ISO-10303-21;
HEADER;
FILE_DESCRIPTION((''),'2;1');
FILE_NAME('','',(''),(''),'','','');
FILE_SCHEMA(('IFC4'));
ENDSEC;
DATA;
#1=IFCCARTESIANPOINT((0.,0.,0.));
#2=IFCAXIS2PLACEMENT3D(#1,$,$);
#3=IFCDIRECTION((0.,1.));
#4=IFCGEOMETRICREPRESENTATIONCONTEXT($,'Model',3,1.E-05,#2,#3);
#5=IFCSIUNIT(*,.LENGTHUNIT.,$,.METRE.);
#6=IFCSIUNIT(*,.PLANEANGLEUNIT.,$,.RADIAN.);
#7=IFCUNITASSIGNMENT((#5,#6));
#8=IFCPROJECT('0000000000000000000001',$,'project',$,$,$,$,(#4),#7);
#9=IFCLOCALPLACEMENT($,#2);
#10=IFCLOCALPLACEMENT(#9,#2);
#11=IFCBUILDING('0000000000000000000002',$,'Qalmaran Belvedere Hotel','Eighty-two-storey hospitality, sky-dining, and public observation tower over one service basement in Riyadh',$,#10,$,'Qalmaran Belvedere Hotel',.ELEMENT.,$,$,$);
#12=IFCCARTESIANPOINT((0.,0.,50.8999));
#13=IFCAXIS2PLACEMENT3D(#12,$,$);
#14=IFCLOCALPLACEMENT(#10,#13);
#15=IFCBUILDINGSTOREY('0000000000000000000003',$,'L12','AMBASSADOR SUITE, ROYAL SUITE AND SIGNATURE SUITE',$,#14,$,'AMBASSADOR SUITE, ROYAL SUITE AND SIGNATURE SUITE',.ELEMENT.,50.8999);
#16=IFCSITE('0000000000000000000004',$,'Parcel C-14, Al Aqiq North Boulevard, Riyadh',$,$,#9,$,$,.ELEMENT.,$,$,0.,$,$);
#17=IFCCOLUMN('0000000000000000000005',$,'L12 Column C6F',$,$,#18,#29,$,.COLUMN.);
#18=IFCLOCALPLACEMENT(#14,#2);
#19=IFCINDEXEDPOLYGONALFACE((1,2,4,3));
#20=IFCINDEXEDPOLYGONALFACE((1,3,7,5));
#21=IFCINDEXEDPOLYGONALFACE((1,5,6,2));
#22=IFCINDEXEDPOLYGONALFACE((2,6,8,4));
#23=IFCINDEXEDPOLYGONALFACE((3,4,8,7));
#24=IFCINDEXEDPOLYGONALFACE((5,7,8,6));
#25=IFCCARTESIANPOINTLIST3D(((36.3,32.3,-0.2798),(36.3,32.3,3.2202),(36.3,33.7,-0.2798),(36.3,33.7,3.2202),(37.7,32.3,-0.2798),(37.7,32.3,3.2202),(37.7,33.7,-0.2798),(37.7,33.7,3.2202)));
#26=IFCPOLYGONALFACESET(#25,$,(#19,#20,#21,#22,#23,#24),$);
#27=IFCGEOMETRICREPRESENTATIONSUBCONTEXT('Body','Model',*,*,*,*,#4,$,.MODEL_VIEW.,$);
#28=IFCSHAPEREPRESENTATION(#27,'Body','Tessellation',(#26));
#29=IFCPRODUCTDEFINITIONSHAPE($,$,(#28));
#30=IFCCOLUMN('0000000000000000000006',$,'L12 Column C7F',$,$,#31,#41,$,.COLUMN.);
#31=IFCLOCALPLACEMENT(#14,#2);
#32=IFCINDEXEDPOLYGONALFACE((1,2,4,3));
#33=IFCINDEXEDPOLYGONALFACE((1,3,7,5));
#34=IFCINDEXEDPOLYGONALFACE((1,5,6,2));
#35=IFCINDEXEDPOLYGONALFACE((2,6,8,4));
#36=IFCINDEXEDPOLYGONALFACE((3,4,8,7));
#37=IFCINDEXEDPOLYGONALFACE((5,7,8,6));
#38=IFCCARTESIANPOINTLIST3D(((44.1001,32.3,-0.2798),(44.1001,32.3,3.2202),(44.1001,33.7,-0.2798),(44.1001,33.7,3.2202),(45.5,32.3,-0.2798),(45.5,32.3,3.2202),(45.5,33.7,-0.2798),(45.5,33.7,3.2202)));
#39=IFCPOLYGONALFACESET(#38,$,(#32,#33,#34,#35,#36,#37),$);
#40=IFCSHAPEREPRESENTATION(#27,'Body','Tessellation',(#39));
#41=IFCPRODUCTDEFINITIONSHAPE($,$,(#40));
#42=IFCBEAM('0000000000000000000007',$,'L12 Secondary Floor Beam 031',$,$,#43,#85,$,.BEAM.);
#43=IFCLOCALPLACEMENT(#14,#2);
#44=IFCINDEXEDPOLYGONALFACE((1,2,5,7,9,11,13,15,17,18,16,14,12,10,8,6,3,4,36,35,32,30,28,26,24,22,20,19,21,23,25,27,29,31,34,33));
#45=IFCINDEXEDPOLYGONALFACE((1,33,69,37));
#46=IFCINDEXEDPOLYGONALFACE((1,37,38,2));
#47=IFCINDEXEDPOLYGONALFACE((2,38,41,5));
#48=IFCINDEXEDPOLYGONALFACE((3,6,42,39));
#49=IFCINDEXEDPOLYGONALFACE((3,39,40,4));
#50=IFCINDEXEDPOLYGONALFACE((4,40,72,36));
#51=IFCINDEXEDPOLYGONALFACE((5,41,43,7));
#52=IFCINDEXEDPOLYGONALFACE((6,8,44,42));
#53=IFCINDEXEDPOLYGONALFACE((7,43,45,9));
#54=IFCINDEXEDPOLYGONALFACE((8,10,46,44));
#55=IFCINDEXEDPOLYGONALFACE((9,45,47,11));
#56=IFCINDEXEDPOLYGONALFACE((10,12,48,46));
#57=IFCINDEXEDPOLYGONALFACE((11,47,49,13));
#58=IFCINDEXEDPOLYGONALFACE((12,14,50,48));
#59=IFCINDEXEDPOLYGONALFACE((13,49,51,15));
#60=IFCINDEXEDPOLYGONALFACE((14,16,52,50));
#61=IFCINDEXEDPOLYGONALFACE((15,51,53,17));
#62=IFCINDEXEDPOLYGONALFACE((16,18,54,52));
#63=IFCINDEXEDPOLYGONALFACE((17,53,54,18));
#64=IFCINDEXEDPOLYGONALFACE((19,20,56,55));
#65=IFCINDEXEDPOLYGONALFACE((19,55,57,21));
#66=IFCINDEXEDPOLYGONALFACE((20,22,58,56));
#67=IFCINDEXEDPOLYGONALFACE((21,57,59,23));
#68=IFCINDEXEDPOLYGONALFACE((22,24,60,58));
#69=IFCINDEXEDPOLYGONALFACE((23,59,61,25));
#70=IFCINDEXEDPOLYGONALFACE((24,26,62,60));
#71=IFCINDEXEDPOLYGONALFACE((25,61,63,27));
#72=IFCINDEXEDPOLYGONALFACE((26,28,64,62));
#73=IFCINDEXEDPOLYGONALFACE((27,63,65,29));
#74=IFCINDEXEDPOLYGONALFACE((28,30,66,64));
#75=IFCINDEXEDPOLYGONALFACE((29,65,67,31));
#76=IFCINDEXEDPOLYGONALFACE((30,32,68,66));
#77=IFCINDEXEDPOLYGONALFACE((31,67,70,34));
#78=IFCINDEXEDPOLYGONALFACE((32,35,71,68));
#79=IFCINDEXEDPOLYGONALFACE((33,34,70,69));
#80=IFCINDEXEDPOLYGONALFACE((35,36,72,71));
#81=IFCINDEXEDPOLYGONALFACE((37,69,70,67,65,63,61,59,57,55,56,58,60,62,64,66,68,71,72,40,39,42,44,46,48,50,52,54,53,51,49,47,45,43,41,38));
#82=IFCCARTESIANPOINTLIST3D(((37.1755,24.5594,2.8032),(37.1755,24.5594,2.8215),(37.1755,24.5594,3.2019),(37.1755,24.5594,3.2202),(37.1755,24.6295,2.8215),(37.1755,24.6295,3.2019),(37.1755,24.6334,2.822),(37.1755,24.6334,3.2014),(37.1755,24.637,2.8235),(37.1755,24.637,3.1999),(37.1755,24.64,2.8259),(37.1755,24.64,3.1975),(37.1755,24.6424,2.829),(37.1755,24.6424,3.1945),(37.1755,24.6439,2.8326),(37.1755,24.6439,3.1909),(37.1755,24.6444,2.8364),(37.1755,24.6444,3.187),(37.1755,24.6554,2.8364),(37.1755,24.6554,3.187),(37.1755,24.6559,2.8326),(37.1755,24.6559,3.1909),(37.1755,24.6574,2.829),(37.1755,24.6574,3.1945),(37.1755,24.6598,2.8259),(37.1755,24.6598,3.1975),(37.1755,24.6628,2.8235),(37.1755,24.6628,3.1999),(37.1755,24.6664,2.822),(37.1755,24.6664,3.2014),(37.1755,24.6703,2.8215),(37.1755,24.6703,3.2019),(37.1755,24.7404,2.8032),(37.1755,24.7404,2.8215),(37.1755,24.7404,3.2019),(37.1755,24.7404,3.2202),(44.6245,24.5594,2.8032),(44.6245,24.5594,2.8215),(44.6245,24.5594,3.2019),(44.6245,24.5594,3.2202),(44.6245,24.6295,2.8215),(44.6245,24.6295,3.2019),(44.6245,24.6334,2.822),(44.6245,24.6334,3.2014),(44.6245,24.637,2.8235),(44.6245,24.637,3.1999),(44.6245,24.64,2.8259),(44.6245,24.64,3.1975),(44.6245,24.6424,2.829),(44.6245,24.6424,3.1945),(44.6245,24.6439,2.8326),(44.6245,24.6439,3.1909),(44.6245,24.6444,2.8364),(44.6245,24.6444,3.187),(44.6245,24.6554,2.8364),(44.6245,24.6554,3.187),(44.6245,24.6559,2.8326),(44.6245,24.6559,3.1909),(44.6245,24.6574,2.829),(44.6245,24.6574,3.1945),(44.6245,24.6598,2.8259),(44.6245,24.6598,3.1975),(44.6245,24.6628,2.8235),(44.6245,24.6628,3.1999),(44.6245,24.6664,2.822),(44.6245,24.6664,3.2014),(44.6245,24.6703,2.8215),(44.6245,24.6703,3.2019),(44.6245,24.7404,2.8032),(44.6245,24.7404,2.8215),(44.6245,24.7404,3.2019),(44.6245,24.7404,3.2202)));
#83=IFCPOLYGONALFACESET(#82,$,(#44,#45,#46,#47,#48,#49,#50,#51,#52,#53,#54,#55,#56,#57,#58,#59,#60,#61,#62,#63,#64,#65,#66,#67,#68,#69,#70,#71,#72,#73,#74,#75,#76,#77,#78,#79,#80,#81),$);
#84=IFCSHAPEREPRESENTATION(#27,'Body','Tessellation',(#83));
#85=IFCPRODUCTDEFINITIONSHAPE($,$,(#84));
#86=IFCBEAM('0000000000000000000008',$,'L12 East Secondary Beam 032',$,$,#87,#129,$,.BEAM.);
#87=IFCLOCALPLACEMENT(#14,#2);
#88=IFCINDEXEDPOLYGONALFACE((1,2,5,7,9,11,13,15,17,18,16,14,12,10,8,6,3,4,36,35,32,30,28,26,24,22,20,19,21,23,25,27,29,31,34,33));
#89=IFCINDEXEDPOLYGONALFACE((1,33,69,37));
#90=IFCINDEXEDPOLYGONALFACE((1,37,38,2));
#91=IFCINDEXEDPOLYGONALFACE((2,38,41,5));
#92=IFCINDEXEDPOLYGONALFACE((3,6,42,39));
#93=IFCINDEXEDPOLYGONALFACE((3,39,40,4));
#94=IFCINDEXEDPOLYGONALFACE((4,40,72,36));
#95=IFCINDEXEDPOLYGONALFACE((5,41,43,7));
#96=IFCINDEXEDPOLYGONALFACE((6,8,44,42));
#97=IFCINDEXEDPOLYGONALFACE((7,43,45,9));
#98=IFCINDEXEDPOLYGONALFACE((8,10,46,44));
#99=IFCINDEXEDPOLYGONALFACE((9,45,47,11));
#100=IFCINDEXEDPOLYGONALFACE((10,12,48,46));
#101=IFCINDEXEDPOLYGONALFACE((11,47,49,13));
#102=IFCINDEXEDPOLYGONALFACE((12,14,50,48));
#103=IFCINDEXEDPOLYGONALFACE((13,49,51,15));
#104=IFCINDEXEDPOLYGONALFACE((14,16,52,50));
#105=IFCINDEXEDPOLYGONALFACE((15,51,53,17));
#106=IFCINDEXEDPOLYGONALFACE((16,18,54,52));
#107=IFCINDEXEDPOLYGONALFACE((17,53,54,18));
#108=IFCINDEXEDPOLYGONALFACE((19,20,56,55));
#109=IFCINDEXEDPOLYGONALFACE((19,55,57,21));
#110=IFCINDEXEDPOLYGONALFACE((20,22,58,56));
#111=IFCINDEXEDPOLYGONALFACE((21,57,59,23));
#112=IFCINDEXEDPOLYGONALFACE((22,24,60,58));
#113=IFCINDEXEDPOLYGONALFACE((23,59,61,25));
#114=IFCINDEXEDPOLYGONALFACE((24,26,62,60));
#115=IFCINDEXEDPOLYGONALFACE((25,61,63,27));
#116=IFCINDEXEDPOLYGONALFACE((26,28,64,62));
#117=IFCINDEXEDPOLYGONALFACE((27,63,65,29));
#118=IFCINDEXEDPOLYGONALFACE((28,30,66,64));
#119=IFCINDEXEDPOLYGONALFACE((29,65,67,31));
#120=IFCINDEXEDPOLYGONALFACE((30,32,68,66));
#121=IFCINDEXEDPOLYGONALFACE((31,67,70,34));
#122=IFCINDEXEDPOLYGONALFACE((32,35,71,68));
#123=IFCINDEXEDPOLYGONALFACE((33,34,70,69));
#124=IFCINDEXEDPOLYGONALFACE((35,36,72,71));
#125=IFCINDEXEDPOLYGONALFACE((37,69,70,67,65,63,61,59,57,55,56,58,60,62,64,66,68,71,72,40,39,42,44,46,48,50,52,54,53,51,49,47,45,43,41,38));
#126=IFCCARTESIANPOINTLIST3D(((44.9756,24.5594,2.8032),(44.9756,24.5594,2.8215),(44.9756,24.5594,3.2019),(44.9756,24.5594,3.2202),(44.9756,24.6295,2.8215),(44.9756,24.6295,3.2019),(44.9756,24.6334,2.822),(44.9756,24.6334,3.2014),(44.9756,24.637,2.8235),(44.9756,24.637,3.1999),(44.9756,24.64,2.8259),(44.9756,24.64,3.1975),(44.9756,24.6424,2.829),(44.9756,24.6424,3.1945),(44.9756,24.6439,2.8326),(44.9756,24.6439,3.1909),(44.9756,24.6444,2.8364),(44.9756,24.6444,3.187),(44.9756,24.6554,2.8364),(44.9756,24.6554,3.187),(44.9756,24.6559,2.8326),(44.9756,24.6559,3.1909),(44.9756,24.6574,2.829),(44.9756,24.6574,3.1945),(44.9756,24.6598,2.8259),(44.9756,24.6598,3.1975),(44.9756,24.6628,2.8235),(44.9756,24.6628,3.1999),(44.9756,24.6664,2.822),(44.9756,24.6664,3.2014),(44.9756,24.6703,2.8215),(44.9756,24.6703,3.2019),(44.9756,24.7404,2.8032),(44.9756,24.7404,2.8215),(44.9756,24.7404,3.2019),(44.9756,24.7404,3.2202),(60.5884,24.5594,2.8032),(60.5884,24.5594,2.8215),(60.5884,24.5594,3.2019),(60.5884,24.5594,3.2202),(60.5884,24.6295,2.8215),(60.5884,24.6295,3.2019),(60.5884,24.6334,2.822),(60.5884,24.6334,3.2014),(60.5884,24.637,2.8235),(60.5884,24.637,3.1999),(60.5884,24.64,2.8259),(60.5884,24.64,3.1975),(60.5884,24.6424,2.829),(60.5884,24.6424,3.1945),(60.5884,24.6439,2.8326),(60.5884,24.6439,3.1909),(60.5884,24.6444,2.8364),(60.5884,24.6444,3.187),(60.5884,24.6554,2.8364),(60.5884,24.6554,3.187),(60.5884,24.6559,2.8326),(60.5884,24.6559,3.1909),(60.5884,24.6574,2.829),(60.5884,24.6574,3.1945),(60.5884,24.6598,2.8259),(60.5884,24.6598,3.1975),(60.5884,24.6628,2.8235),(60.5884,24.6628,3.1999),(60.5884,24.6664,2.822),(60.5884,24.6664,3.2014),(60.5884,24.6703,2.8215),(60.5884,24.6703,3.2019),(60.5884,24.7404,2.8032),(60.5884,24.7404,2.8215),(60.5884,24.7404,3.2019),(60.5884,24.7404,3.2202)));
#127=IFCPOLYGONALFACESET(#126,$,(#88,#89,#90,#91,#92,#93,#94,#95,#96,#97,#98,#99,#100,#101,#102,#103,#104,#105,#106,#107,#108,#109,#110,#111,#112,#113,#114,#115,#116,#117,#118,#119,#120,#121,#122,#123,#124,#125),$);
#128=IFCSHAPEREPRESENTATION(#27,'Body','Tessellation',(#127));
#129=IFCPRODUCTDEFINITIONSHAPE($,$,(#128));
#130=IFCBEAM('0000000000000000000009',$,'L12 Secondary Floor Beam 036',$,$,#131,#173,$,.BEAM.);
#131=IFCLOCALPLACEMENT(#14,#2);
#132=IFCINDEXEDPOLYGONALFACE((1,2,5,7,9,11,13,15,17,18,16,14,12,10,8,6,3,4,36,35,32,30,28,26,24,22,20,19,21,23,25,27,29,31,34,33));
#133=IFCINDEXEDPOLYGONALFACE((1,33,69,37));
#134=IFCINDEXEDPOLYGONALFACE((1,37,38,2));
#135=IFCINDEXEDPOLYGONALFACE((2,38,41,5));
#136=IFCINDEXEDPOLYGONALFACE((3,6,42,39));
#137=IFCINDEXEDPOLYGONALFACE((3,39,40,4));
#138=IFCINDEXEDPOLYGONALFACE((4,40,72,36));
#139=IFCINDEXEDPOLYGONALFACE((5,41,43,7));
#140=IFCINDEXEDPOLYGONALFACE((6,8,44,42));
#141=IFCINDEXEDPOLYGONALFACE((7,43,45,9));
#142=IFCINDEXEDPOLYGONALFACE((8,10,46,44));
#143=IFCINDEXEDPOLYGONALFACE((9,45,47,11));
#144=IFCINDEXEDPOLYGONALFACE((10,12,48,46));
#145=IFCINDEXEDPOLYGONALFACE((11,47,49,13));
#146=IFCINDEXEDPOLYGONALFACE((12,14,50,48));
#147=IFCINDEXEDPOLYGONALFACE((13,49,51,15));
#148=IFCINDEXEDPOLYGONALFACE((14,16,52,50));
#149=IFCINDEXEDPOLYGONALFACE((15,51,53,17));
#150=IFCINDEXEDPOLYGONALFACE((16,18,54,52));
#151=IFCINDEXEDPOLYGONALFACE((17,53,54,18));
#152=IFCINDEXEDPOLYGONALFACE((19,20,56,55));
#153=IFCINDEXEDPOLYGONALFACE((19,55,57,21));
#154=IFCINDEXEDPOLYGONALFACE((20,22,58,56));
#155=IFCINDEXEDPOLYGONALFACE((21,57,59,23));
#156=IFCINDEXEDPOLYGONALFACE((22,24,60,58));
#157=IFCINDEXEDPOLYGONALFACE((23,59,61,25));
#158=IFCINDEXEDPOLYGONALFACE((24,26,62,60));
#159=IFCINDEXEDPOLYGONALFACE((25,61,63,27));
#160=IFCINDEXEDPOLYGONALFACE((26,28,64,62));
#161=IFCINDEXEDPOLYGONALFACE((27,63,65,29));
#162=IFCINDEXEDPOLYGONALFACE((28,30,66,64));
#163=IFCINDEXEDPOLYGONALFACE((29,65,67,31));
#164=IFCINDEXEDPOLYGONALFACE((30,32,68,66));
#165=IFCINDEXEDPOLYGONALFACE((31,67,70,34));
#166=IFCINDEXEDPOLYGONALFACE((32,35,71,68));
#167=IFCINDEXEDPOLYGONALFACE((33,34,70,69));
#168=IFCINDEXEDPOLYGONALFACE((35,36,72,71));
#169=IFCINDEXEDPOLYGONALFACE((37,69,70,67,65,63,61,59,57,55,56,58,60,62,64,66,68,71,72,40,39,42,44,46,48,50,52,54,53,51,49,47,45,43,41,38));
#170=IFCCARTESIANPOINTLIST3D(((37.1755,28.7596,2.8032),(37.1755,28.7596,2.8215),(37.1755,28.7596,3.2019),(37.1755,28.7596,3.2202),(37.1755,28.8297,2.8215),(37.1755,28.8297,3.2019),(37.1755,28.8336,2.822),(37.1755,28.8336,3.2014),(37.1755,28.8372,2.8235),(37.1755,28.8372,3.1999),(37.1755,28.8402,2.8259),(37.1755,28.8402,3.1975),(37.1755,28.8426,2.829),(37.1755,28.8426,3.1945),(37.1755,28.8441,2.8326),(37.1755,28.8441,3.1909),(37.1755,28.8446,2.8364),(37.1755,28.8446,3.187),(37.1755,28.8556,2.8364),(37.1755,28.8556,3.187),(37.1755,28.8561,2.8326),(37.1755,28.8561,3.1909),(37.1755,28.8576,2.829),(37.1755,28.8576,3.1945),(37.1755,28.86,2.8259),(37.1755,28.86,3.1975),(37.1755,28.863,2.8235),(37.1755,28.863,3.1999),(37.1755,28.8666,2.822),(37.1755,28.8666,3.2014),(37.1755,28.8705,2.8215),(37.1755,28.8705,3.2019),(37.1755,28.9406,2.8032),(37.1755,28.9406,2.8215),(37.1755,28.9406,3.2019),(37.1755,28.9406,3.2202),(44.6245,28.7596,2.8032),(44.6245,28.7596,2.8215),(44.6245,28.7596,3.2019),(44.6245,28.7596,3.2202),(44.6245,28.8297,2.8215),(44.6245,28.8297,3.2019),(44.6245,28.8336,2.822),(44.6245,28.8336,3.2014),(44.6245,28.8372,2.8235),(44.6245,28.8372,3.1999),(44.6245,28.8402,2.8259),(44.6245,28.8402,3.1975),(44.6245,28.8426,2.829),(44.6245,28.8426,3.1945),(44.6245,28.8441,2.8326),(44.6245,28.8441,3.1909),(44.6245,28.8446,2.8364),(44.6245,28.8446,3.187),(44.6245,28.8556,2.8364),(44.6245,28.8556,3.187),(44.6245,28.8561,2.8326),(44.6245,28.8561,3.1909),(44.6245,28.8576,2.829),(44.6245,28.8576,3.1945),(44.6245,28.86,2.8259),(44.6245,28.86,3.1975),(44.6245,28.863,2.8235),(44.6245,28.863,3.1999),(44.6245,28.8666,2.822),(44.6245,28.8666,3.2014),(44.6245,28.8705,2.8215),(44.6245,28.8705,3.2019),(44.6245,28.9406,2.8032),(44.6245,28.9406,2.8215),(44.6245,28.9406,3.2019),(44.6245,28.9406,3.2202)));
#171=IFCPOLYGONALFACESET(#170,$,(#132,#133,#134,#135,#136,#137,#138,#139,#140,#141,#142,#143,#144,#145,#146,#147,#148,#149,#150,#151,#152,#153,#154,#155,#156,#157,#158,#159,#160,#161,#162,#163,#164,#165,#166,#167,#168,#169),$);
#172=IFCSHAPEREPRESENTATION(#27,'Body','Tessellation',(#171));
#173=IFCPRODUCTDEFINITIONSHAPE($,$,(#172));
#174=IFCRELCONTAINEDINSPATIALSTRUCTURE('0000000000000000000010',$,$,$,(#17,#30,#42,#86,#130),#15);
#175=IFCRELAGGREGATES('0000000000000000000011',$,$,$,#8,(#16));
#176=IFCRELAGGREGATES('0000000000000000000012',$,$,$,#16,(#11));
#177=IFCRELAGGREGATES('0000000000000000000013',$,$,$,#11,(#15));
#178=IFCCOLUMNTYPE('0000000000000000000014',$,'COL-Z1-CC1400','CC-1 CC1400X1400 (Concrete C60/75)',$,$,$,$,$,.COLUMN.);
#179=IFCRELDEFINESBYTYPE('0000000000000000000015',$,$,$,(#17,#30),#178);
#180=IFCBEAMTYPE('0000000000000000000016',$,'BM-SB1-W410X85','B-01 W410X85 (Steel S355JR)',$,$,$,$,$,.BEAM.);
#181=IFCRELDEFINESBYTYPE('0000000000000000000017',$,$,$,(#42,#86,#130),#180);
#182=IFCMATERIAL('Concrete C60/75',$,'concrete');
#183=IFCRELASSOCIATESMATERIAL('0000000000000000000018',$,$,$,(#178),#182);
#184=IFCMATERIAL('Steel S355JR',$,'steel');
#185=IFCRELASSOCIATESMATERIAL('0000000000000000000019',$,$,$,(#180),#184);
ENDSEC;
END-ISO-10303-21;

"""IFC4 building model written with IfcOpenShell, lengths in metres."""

from ifc_helpers import new_model, si_unit, direction, frame, origin, origin_2d, place, context, subcontext, project, spatial, rectangle, i_section, extrude, material, material_profile, profile_set, type_object, element, save


model = new_model("IFC4")

# Units and contexts
model_context = context("Model", 3, precision=1e-05, world=origin(), true_north=direction((0.0, 1.0)))
body_context = subcontext(model_context, "Body", "Model", "MODEL_VIEW")
ifc_project = project(units=[si_unit("LENGTHUNIT", "METRE"), si_unit("PLANEANGLEUNIT", "RADIAN")], contexts=[model_context])

# Site, building, storey
site_placement = place(None, origin())
site = spatial("IfcSite", under=ifc_project, at=site_placement, Name="Parcel C-14, Al Aqiq North Boulevard, Riyadh", CompositionType="ELEMENT", RefElevation=0.0)
building_placement = place(site_placement, origin())
building = spatial("IfcBuilding", under=site, at=building_placement, Name="Qalmaran Belvedere Hotel", Description="Eighty-two-storey hospitality, sky-dining, and public observation tower over one service basement in Riyadh", LongName="Qalmaran Belvedere Hotel", CompositionType="ELEMENT")
storey_placement = place(building_placement, frame((0.0, 0.0, 50.8999)))
storey = spatial("IfcBuildingStorey", under=building, at=storey_placement, Name="L12", Description="AMBASSADOR SUITE, ROYAL SUITE AND SIGNATURE SUITE", LongName="AMBASSADOR SUITE, ROYAL SUITE AND SIGNATURE SUITE", CompositionType="ELEMENT", Elevation=50.8999)

# Columns
ifc_material_1 = material(Name="Concrete C60/75", Category="concrete")
ifc_material_profile_1 = material_profile(ifc_material_1, rectangle(XDim=1.3999, YDim=1.3999, at=origin_2d()), Name="CC1400X1400")
ifc_profile_set_1 = profile_set([ifc_material_profile_1], Name="Concrete C60/75")
column_type = type_object("IfcColumnType", Name="COL-Z1-CC1400", Description="CC-1 CC1400X1400 (Concrete C60/75)", PredefinedType="COLUMN", material=ifc_profile_set_1)
for number, where, z_axis, x_axis, name in (
    (1, (37.0, 33.0, -0.2798), (0.0, 0.0, 1.0), (1.0, 0.0, 0.0), "L12 Column C6F"),
    (2, (44.8, 33.0, -0.2798), (0.0, 0.0, 1.0), (1.0, 0.0, 0.0), "L12 Column C7F"),
):
    element("IfcColumn", number, at=place(storey_placement, frame(where, z_axis=z_axis, x_axis=x_axis)), inside=storey, type_object=column_type, Name=name, PredefinedType="COLUMN", context=body_context, shape_type="SweptSolid", body=[
        extrude(rectangle(XDim=1.3999, YDim=1.3999, at=origin_2d()), origin(), (0.0, 0.0, 1.0), 3.5),
    ])

# Beams
ifc_material_2 = material(Name="Steel S355JR", Category="steel")
ifc_material_profile_2 = material_profile(ifc_material_2, i_section(OverallWidth=0.1809, OverallDepth=0.417, WebThickness=0.011, FlangeThickness=0.0183, FilletRadius=0.0149, at=origin_2d()), Name="W410X85")
ifc_profile_set_2 = profile_set([ifc_material_profile_2], Name="Steel S355JR")
beam_type_1 = type_object("IfcBeamType", Name="BM-SB1-W410X85", Description="B-01 W410X85 (Steel S355JR)", PredefinedType="BEAM", material=ifc_profile_set_2)
beam_1_placement = place(storey_placement, frame((37.1755, 24.6499, 3.0117), z_axis=(1.0, 0.0, 0.0), x_axis=(0.0, 1.0, 0.0)))
element("IfcBeam", 3, at=beam_1_placement, inside=storey, type_object=beam_type_1, Name="L12 Secondary Floor Beam 031", PredefinedType="BEAM", context=body_context, shape_type="SweptSolid", body=[
    extrude(i_section(OverallWidth=0.1809, OverallDepth=0.417, WebThickness=0.011, FlangeThickness=0.0183, FilletRadius=0.0149, at=origin_2d()), origin(), (0.0, 0.0, 1.0), 7.449),
])
beam_2_placement = place(storey_placement, frame((44.9756, 24.6499, 3.0117), z_axis=(1.0, 0.0, 0.0), x_axis=(0.0, 1.0, 0.0)))
element("IfcBeam", 4, at=beam_2_placement, inside=storey, type_object=beam_type_1, Name="L12 East Secondary Beam 032", PredefinedType="BEAM", context=body_context, shape_type="SweptSolid", body=[
    extrude(i_section(OverallWidth=0.1809, OverallDepth=0.417, WebThickness=0.011, FlangeThickness=0.0183, FilletRadius=0.0149, at=origin_2d()), origin(), (0.0, 0.0, 1.0), 15.6128),
])
beam_3_placement = place(storey_placement, frame((37.1755, 28.8501, 3.0117), z_axis=(1.0, 0.0, 0.0), x_axis=(0.0, 1.0, 0.0)))
element("IfcBeam", 5, at=beam_3_placement, inside=storey, type_object=beam_type_1, Name="L12 Secondary Floor Beam 036", PredefinedType="BEAM", context=body_context, shape_type="SweptSolid", body=[
    extrude(i_section(OverallWidth=0.1809, OverallDepth=0.417, WebThickness=0.011, FlangeThickness=0.0183, FilletRadius=0.0149, at=origin_2d()), origin(), (0.0, 0.0, 1.0), 7.449),
])

save(model, "model.ifc")
